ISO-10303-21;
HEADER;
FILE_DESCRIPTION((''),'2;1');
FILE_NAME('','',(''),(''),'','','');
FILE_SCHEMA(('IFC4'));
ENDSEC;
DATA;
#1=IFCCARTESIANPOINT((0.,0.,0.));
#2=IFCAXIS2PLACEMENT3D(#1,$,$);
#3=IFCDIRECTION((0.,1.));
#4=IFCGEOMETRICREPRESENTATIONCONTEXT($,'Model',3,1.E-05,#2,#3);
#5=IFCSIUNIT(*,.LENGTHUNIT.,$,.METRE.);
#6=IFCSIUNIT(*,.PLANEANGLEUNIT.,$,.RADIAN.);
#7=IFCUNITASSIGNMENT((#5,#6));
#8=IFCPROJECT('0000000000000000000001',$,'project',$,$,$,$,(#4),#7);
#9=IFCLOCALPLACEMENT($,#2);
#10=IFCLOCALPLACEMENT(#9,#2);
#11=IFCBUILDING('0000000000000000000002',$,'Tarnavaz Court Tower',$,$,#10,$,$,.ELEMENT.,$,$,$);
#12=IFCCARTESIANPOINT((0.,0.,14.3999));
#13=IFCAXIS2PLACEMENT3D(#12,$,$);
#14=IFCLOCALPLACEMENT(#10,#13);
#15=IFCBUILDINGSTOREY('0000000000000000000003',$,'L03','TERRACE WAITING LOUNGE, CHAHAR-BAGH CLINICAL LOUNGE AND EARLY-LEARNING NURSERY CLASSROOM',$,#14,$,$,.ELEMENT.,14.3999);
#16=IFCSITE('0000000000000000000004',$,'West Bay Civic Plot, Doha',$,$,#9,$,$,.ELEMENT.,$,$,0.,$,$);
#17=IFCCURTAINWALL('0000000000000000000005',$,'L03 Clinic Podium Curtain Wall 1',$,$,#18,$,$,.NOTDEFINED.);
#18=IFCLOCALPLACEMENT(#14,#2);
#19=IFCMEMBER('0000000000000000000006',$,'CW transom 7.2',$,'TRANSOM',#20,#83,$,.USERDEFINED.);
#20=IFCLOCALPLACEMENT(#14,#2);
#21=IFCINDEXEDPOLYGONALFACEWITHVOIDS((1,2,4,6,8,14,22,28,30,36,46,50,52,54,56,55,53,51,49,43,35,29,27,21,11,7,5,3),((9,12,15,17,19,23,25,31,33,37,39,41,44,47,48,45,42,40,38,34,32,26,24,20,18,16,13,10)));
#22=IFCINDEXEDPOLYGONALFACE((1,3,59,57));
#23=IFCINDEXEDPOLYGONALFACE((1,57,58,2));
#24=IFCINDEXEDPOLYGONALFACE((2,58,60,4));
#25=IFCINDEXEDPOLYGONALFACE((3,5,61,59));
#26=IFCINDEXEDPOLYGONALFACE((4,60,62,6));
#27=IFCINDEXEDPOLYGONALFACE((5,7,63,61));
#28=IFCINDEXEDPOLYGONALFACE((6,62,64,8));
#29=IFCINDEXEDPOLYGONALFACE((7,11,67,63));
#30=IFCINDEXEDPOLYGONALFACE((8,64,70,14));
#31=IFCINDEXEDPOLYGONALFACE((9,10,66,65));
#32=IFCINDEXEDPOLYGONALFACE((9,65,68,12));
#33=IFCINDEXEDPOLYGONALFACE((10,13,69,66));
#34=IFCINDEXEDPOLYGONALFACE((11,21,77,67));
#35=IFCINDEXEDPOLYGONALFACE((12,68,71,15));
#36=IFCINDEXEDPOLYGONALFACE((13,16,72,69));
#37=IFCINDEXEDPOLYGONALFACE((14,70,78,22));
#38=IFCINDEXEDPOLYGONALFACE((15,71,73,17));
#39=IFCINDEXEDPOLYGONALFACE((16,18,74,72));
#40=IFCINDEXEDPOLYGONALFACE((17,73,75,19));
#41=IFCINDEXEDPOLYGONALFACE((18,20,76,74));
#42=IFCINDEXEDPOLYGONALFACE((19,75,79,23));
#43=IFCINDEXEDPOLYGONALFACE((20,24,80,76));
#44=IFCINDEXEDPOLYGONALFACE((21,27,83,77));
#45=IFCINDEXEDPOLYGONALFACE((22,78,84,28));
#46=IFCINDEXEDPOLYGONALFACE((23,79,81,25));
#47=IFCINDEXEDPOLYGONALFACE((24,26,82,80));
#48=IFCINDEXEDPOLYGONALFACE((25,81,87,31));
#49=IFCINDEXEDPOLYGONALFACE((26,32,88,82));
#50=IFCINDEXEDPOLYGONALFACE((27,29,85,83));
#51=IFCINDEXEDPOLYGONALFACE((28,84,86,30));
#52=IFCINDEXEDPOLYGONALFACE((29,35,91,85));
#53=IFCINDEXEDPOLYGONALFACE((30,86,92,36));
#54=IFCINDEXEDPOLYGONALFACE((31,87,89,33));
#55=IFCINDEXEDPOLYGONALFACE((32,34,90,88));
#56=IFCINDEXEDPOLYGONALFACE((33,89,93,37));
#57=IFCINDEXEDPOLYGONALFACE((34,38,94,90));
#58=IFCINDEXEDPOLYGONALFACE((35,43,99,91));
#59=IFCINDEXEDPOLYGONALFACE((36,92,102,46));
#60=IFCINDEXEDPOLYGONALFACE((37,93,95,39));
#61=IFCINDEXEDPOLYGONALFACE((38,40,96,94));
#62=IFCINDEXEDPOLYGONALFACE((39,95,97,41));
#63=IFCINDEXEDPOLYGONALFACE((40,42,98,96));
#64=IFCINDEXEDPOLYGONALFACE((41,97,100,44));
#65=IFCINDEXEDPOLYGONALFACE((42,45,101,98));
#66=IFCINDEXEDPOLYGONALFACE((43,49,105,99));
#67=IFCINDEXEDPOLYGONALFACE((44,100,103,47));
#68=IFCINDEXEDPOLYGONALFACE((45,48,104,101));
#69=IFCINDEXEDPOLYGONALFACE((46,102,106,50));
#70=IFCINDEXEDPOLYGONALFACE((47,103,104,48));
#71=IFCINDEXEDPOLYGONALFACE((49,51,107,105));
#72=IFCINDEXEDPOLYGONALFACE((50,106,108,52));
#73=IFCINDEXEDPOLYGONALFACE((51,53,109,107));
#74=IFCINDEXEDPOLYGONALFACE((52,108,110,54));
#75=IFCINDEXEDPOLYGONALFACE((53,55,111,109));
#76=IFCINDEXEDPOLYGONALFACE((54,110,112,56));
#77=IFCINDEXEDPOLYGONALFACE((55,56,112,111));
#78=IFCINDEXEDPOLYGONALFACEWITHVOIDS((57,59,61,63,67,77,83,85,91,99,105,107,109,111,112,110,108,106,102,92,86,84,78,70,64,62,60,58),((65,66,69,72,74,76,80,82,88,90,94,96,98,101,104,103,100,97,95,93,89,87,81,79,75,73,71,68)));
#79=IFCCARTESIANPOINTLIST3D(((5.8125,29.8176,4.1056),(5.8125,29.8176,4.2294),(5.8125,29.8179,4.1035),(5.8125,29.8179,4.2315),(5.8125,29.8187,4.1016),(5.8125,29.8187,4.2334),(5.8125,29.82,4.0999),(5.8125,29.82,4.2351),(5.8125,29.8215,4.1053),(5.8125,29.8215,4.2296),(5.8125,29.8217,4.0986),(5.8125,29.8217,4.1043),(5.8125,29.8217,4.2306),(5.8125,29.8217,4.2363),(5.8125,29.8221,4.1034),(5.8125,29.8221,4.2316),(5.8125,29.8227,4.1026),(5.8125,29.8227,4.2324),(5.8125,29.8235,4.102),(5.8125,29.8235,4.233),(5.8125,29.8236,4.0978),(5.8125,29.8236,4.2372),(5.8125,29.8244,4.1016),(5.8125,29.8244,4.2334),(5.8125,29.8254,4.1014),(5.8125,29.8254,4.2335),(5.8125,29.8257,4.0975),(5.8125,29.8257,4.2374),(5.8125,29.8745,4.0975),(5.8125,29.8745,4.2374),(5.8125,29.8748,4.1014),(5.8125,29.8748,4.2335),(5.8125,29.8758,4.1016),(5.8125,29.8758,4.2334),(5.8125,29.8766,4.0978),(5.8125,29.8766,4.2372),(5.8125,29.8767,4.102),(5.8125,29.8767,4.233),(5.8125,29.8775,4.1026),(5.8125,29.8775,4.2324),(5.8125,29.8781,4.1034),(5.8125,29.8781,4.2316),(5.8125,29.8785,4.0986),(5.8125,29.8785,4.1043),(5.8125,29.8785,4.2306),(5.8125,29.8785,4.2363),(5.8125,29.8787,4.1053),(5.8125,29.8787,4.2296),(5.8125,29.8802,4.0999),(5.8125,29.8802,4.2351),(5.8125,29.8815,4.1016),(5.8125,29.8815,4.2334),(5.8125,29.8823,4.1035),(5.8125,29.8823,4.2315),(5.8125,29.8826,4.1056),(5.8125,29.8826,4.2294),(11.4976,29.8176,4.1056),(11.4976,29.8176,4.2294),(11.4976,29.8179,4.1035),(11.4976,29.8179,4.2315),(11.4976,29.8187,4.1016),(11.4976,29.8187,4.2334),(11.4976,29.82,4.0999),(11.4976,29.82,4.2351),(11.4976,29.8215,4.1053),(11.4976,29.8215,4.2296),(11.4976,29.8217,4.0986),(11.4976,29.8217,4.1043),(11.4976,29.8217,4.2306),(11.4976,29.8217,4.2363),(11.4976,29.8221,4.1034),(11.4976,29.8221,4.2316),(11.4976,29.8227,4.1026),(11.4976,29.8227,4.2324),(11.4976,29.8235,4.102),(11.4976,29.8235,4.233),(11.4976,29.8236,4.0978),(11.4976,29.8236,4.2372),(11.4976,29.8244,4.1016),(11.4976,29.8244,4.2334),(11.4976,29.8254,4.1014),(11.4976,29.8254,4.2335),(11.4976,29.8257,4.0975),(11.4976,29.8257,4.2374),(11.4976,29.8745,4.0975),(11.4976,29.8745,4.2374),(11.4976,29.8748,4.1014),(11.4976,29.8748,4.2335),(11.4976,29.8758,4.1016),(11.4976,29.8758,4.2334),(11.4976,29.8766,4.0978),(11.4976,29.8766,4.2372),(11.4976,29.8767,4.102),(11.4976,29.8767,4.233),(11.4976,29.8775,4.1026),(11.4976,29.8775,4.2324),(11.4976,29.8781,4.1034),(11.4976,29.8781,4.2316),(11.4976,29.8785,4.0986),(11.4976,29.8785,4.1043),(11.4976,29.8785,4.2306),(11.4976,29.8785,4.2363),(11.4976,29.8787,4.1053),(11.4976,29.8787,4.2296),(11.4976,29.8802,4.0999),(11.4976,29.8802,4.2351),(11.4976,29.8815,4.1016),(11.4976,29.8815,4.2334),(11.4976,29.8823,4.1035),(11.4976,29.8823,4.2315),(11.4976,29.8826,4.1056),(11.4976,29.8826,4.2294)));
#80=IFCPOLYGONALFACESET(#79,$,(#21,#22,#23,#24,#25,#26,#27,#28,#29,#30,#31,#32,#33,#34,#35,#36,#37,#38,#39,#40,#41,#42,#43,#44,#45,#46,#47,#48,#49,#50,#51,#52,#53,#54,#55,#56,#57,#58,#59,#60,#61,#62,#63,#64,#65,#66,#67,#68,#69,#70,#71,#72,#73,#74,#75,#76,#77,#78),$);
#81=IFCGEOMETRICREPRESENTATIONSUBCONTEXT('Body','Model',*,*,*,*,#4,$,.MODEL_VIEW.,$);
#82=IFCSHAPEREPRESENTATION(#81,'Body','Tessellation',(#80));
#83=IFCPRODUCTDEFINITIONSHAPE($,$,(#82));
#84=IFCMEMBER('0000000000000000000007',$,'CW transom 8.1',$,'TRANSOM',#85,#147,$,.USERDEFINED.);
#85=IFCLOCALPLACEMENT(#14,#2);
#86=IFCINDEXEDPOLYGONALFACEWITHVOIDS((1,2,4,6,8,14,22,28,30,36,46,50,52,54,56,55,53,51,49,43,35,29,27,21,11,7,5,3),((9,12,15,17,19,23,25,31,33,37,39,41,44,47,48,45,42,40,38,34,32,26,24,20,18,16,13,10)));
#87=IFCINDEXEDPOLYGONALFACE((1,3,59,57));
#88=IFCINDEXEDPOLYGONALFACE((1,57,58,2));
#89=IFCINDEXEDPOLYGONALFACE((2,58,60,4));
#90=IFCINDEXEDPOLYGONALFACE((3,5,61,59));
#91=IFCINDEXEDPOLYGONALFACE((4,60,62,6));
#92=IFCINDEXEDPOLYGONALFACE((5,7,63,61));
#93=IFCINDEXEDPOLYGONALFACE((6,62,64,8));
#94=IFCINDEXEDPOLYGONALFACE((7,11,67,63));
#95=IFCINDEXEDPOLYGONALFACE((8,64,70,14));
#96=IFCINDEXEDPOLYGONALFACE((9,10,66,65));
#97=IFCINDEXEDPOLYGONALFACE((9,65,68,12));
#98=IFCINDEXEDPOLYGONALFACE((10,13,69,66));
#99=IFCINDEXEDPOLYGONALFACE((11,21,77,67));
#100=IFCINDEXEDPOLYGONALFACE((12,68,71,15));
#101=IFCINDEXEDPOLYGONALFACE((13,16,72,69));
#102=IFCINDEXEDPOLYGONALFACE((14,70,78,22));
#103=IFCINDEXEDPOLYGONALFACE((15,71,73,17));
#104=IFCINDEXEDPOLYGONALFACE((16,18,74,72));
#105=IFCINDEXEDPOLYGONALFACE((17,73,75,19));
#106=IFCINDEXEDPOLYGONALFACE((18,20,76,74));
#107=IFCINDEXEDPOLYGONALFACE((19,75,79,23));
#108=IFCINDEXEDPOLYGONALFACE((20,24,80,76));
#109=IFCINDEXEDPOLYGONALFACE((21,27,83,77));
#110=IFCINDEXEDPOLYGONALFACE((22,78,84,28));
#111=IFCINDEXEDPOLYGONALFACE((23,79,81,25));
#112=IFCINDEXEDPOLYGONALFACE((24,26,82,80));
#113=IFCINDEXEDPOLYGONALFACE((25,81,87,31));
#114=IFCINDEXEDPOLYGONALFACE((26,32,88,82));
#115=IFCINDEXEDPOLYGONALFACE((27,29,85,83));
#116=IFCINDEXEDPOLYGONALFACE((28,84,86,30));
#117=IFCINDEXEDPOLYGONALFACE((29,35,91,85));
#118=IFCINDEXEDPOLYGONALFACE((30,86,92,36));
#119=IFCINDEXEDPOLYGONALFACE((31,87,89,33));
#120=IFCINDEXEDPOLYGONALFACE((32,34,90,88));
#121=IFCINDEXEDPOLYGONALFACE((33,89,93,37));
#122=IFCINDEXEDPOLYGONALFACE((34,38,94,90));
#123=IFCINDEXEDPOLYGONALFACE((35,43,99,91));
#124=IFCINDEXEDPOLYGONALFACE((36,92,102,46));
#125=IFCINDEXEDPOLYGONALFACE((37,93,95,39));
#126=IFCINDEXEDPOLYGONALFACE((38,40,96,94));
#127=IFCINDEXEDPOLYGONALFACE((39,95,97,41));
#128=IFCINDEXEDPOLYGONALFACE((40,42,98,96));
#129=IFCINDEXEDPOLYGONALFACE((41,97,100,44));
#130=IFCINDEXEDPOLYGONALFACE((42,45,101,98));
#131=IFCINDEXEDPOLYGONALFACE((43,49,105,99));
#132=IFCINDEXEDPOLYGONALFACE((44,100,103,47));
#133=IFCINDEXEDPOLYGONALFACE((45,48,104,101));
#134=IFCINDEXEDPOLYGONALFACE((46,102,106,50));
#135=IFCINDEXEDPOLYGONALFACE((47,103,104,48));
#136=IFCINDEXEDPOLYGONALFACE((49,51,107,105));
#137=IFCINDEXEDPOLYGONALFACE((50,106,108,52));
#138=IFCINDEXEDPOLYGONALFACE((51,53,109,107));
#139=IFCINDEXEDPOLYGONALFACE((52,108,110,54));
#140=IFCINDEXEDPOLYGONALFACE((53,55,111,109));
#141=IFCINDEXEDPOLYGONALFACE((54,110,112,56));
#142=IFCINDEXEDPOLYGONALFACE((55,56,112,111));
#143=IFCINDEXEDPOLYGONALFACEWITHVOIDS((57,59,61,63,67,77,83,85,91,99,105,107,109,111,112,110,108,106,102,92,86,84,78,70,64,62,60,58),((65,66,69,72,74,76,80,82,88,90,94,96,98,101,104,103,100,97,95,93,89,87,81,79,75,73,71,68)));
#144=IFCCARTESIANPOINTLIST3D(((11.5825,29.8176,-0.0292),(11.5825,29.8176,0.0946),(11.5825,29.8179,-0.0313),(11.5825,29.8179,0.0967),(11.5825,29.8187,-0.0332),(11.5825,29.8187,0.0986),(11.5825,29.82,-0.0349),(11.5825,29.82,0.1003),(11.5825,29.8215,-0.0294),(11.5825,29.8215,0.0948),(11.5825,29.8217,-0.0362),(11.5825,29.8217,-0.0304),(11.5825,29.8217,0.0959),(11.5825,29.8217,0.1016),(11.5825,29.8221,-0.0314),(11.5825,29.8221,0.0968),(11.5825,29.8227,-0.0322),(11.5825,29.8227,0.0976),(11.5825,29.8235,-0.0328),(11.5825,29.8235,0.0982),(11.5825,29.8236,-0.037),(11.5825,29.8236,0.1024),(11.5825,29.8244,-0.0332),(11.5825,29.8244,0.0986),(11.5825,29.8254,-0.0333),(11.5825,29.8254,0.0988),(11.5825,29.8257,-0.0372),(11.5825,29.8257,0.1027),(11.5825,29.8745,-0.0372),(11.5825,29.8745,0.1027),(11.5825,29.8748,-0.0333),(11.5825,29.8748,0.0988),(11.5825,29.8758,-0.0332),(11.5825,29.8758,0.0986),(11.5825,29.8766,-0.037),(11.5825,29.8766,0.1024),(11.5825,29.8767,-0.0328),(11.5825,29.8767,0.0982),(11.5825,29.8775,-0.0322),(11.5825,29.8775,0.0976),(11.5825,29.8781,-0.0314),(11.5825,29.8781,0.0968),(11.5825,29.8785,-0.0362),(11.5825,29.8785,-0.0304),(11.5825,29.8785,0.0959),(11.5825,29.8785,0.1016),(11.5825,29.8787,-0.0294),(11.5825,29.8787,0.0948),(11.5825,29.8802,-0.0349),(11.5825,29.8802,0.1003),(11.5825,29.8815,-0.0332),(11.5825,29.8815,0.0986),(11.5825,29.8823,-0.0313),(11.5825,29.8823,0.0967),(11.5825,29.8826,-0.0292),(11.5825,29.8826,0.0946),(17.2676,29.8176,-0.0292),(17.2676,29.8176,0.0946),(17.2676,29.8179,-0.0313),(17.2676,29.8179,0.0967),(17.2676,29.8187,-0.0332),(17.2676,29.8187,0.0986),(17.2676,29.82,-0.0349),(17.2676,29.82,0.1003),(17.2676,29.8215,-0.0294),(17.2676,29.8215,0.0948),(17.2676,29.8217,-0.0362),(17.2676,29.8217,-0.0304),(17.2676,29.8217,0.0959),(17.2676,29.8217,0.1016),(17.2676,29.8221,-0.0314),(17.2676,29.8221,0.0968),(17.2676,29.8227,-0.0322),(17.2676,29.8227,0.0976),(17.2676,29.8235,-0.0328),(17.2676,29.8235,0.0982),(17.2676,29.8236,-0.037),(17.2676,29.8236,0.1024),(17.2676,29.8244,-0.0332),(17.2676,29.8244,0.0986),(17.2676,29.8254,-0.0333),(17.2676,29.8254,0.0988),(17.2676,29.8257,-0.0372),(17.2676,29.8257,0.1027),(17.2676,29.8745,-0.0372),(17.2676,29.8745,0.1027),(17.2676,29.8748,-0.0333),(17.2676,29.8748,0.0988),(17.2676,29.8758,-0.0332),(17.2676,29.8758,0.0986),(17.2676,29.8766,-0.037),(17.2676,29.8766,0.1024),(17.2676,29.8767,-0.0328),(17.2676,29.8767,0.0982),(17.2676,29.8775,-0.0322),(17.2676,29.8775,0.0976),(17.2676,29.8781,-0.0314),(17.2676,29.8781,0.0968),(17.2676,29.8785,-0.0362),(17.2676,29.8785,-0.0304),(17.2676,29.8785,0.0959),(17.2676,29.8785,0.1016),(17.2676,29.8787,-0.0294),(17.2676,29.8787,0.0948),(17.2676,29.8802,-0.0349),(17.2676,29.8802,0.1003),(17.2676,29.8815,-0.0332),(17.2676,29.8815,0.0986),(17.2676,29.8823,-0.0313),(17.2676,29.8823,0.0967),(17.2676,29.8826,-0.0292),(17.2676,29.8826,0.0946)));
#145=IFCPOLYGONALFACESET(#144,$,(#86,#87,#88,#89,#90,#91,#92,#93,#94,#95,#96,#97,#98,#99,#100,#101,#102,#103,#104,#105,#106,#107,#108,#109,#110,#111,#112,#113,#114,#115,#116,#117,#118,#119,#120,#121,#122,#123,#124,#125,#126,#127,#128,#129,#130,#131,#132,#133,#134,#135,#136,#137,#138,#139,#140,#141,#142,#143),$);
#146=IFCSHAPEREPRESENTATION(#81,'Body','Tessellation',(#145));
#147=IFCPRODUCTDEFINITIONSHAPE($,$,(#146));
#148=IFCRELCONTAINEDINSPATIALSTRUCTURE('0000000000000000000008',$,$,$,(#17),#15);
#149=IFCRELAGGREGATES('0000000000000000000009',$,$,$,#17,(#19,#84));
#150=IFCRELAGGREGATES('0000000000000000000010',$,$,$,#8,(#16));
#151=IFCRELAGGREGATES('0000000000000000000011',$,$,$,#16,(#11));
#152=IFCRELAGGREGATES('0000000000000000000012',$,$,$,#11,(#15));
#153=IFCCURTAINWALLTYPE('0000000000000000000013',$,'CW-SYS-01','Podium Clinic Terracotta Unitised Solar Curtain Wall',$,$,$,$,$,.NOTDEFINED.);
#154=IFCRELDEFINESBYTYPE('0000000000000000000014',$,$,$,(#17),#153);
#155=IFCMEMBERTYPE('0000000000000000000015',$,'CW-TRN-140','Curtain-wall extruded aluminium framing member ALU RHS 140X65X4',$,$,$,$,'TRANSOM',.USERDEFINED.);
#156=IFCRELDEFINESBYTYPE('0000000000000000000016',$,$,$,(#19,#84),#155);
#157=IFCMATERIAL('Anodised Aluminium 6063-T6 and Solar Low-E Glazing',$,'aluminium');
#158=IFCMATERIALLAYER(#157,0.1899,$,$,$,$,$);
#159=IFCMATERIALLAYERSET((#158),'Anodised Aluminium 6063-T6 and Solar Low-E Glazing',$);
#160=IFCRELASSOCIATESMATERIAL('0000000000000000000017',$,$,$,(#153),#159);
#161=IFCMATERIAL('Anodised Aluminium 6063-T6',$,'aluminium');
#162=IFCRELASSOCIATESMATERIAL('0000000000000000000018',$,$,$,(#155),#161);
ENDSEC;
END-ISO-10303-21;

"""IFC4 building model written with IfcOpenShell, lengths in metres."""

from ifc_helpers import new_model, si_unit, direction, frame, origin, origin_2d, place, context, subcontext, project, spatial, hollow_rectangle, extrude, material, layer, layer_set, material_profile, profile_set, type_object, element, aggregate, save


model = new_model("IFC4")

# Units and contexts
model_context = context("Model", 3, precision=1e-05, world=origin(), true_north=direction((0.0, 1.0)))
body_context = subcontext(model_context, "Body", "Model", "MODEL_VIEW")
ifc_project = project(units=[si_unit("LENGTHUNIT", "METRE"), si_unit("PLANEANGLEUNIT", "RADIAN")], contexts=[model_context])

# Site, building, storey
site_placement = place(None, origin())
site = spatial("IfcSite", under=ifc_project, at=site_placement, Name="West Bay Civic Plot, Doha", CompositionType="ELEMENT", RefElevation=0.0)
building_placement = place(site_placement, origin())
building = spatial("IfcBuilding", under=site, at=building_placement, Name="Tarnavaz Court Tower", CompositionType="ELEMENT")
storey_placement = place(building_placement, frame((0.0, 0.0, 14.3999)))
storey = spatial("IfcBuildingStorey", under=building, at=storey_placement, Name="L03", Description="TERRACE WAITING LOUNGE, CHAHAR-BAGH CLINICAL LOUNGE AND EARLY-LEARNING NURSERY CLASSROOM", CompositionType="ELEMENT", Elevation=14.3999)

# Curtain wall, members
ifc_material_1 = material(Name="Anodised Aluminium 6063-T6 and Solar Low-E Glazing", Category="aluminium")
ifc_layer_1 = layer(ifc_material_1, 0.1899)
ifc_layer_set_1 = layer_set([ifc_layer_1], Name="Anodised Aluminium 6063-T6 and Solar Low-E Glazing")
curtain_wall_type = type_object("IfcCurtainWallType", Name="CW-SYS-01", Description="Podium Clinic Terracotta Unitised Solar Curtain Wall", PredefinedType="NOTDEFINED", material=ifc_layer_set_1)
curtain_wall_placement = place(storey_placement, origin())
curtain_wall = element("IfcCurtainWall", 1, at=curtain_wall_placement, inside=storey, type_object=curtain_wall_type, Name="L03 Clinic Podium Curtain Wall 1", PredefinedType="NOTDEFINED")
ifc_material_2 = material(Name="Anodised Aluminium 6063-T6", Category="aluminium")
ifc_material_profile_1 = material_profile(ifc_material_2, hollow_rectangle(XDim=0.0649, YDim=0.1399, WallThickness=0.0039, InnerFilletRadius=0.0039, OuterFilletRadius=0.0081, at=origin_2d()), Name="ALU RHS 140X65X4")
ifc_profile_set_1 = profile_set([ifc_material_profile_1], Name="Anodised Aluminium 6063-T6")
member_type_1 = type_object("IfcMemberType", Name="CW-TRN-140", Description="Curtain-wall extruded aluminium framing member ALU RHS 140X65X4", ElementType="TRANSOM", PredefinedType="USERDEFINED", material=ifc_profile_set_1)
member_1_placement = place(storey_placement, frame((5.8125, 29.8501, 4.1675), z_axis=(1.0, 0.0, 0.0), x_axis=(0.0, 1.0, 0.0)))
member_1 = element("IfcMember", 2, at=member_1_placement, type_object=member_type_1, Name="CW transom 7.2", ObjectType="TRANSOM", PredefinedType="USERDEFINED", context=body_context, shape_type="SweptSolid", body=[
    extrude(hollow_rectangle(XDim=0.0649, YDim=0.1399, WallThickness=0.0039, InnerFilletRadius=0.0039, OuterFilletRadius=0.0081, at=origin_2d()), origin(), (0.0, 0.0, 1.0), 5.6851),
])
member_2_placement = place(storey_placement, frame((11.5825, 29.8501, 0.0327), z_axis=(1.0, 0.0, 0.0), x_axis=(0.0, 1.0, 0.0)))
member_2 = element("IfcMember", 3, at=member_2_placement, type_object=member_type_1, Name="CW transom 8.1", ObjectType="TRANSOM", PredefinedType="USERDEFINED", context=body_context, shape_type="SweptSolid", body=[
    extrude(hollow_rectangle(XDim=0.0649, YDim=0.1399, WallThickness=0.0039, InnerFilletRadius=0.0039, OuterFilletRadius=0.0081, at=origin_2d()), origin(), (0.0, 0.0, 1.0), 5.6851),
])
aggregate(curtain_wall, [member_1, member_2])

save(model, "model.ifc")
